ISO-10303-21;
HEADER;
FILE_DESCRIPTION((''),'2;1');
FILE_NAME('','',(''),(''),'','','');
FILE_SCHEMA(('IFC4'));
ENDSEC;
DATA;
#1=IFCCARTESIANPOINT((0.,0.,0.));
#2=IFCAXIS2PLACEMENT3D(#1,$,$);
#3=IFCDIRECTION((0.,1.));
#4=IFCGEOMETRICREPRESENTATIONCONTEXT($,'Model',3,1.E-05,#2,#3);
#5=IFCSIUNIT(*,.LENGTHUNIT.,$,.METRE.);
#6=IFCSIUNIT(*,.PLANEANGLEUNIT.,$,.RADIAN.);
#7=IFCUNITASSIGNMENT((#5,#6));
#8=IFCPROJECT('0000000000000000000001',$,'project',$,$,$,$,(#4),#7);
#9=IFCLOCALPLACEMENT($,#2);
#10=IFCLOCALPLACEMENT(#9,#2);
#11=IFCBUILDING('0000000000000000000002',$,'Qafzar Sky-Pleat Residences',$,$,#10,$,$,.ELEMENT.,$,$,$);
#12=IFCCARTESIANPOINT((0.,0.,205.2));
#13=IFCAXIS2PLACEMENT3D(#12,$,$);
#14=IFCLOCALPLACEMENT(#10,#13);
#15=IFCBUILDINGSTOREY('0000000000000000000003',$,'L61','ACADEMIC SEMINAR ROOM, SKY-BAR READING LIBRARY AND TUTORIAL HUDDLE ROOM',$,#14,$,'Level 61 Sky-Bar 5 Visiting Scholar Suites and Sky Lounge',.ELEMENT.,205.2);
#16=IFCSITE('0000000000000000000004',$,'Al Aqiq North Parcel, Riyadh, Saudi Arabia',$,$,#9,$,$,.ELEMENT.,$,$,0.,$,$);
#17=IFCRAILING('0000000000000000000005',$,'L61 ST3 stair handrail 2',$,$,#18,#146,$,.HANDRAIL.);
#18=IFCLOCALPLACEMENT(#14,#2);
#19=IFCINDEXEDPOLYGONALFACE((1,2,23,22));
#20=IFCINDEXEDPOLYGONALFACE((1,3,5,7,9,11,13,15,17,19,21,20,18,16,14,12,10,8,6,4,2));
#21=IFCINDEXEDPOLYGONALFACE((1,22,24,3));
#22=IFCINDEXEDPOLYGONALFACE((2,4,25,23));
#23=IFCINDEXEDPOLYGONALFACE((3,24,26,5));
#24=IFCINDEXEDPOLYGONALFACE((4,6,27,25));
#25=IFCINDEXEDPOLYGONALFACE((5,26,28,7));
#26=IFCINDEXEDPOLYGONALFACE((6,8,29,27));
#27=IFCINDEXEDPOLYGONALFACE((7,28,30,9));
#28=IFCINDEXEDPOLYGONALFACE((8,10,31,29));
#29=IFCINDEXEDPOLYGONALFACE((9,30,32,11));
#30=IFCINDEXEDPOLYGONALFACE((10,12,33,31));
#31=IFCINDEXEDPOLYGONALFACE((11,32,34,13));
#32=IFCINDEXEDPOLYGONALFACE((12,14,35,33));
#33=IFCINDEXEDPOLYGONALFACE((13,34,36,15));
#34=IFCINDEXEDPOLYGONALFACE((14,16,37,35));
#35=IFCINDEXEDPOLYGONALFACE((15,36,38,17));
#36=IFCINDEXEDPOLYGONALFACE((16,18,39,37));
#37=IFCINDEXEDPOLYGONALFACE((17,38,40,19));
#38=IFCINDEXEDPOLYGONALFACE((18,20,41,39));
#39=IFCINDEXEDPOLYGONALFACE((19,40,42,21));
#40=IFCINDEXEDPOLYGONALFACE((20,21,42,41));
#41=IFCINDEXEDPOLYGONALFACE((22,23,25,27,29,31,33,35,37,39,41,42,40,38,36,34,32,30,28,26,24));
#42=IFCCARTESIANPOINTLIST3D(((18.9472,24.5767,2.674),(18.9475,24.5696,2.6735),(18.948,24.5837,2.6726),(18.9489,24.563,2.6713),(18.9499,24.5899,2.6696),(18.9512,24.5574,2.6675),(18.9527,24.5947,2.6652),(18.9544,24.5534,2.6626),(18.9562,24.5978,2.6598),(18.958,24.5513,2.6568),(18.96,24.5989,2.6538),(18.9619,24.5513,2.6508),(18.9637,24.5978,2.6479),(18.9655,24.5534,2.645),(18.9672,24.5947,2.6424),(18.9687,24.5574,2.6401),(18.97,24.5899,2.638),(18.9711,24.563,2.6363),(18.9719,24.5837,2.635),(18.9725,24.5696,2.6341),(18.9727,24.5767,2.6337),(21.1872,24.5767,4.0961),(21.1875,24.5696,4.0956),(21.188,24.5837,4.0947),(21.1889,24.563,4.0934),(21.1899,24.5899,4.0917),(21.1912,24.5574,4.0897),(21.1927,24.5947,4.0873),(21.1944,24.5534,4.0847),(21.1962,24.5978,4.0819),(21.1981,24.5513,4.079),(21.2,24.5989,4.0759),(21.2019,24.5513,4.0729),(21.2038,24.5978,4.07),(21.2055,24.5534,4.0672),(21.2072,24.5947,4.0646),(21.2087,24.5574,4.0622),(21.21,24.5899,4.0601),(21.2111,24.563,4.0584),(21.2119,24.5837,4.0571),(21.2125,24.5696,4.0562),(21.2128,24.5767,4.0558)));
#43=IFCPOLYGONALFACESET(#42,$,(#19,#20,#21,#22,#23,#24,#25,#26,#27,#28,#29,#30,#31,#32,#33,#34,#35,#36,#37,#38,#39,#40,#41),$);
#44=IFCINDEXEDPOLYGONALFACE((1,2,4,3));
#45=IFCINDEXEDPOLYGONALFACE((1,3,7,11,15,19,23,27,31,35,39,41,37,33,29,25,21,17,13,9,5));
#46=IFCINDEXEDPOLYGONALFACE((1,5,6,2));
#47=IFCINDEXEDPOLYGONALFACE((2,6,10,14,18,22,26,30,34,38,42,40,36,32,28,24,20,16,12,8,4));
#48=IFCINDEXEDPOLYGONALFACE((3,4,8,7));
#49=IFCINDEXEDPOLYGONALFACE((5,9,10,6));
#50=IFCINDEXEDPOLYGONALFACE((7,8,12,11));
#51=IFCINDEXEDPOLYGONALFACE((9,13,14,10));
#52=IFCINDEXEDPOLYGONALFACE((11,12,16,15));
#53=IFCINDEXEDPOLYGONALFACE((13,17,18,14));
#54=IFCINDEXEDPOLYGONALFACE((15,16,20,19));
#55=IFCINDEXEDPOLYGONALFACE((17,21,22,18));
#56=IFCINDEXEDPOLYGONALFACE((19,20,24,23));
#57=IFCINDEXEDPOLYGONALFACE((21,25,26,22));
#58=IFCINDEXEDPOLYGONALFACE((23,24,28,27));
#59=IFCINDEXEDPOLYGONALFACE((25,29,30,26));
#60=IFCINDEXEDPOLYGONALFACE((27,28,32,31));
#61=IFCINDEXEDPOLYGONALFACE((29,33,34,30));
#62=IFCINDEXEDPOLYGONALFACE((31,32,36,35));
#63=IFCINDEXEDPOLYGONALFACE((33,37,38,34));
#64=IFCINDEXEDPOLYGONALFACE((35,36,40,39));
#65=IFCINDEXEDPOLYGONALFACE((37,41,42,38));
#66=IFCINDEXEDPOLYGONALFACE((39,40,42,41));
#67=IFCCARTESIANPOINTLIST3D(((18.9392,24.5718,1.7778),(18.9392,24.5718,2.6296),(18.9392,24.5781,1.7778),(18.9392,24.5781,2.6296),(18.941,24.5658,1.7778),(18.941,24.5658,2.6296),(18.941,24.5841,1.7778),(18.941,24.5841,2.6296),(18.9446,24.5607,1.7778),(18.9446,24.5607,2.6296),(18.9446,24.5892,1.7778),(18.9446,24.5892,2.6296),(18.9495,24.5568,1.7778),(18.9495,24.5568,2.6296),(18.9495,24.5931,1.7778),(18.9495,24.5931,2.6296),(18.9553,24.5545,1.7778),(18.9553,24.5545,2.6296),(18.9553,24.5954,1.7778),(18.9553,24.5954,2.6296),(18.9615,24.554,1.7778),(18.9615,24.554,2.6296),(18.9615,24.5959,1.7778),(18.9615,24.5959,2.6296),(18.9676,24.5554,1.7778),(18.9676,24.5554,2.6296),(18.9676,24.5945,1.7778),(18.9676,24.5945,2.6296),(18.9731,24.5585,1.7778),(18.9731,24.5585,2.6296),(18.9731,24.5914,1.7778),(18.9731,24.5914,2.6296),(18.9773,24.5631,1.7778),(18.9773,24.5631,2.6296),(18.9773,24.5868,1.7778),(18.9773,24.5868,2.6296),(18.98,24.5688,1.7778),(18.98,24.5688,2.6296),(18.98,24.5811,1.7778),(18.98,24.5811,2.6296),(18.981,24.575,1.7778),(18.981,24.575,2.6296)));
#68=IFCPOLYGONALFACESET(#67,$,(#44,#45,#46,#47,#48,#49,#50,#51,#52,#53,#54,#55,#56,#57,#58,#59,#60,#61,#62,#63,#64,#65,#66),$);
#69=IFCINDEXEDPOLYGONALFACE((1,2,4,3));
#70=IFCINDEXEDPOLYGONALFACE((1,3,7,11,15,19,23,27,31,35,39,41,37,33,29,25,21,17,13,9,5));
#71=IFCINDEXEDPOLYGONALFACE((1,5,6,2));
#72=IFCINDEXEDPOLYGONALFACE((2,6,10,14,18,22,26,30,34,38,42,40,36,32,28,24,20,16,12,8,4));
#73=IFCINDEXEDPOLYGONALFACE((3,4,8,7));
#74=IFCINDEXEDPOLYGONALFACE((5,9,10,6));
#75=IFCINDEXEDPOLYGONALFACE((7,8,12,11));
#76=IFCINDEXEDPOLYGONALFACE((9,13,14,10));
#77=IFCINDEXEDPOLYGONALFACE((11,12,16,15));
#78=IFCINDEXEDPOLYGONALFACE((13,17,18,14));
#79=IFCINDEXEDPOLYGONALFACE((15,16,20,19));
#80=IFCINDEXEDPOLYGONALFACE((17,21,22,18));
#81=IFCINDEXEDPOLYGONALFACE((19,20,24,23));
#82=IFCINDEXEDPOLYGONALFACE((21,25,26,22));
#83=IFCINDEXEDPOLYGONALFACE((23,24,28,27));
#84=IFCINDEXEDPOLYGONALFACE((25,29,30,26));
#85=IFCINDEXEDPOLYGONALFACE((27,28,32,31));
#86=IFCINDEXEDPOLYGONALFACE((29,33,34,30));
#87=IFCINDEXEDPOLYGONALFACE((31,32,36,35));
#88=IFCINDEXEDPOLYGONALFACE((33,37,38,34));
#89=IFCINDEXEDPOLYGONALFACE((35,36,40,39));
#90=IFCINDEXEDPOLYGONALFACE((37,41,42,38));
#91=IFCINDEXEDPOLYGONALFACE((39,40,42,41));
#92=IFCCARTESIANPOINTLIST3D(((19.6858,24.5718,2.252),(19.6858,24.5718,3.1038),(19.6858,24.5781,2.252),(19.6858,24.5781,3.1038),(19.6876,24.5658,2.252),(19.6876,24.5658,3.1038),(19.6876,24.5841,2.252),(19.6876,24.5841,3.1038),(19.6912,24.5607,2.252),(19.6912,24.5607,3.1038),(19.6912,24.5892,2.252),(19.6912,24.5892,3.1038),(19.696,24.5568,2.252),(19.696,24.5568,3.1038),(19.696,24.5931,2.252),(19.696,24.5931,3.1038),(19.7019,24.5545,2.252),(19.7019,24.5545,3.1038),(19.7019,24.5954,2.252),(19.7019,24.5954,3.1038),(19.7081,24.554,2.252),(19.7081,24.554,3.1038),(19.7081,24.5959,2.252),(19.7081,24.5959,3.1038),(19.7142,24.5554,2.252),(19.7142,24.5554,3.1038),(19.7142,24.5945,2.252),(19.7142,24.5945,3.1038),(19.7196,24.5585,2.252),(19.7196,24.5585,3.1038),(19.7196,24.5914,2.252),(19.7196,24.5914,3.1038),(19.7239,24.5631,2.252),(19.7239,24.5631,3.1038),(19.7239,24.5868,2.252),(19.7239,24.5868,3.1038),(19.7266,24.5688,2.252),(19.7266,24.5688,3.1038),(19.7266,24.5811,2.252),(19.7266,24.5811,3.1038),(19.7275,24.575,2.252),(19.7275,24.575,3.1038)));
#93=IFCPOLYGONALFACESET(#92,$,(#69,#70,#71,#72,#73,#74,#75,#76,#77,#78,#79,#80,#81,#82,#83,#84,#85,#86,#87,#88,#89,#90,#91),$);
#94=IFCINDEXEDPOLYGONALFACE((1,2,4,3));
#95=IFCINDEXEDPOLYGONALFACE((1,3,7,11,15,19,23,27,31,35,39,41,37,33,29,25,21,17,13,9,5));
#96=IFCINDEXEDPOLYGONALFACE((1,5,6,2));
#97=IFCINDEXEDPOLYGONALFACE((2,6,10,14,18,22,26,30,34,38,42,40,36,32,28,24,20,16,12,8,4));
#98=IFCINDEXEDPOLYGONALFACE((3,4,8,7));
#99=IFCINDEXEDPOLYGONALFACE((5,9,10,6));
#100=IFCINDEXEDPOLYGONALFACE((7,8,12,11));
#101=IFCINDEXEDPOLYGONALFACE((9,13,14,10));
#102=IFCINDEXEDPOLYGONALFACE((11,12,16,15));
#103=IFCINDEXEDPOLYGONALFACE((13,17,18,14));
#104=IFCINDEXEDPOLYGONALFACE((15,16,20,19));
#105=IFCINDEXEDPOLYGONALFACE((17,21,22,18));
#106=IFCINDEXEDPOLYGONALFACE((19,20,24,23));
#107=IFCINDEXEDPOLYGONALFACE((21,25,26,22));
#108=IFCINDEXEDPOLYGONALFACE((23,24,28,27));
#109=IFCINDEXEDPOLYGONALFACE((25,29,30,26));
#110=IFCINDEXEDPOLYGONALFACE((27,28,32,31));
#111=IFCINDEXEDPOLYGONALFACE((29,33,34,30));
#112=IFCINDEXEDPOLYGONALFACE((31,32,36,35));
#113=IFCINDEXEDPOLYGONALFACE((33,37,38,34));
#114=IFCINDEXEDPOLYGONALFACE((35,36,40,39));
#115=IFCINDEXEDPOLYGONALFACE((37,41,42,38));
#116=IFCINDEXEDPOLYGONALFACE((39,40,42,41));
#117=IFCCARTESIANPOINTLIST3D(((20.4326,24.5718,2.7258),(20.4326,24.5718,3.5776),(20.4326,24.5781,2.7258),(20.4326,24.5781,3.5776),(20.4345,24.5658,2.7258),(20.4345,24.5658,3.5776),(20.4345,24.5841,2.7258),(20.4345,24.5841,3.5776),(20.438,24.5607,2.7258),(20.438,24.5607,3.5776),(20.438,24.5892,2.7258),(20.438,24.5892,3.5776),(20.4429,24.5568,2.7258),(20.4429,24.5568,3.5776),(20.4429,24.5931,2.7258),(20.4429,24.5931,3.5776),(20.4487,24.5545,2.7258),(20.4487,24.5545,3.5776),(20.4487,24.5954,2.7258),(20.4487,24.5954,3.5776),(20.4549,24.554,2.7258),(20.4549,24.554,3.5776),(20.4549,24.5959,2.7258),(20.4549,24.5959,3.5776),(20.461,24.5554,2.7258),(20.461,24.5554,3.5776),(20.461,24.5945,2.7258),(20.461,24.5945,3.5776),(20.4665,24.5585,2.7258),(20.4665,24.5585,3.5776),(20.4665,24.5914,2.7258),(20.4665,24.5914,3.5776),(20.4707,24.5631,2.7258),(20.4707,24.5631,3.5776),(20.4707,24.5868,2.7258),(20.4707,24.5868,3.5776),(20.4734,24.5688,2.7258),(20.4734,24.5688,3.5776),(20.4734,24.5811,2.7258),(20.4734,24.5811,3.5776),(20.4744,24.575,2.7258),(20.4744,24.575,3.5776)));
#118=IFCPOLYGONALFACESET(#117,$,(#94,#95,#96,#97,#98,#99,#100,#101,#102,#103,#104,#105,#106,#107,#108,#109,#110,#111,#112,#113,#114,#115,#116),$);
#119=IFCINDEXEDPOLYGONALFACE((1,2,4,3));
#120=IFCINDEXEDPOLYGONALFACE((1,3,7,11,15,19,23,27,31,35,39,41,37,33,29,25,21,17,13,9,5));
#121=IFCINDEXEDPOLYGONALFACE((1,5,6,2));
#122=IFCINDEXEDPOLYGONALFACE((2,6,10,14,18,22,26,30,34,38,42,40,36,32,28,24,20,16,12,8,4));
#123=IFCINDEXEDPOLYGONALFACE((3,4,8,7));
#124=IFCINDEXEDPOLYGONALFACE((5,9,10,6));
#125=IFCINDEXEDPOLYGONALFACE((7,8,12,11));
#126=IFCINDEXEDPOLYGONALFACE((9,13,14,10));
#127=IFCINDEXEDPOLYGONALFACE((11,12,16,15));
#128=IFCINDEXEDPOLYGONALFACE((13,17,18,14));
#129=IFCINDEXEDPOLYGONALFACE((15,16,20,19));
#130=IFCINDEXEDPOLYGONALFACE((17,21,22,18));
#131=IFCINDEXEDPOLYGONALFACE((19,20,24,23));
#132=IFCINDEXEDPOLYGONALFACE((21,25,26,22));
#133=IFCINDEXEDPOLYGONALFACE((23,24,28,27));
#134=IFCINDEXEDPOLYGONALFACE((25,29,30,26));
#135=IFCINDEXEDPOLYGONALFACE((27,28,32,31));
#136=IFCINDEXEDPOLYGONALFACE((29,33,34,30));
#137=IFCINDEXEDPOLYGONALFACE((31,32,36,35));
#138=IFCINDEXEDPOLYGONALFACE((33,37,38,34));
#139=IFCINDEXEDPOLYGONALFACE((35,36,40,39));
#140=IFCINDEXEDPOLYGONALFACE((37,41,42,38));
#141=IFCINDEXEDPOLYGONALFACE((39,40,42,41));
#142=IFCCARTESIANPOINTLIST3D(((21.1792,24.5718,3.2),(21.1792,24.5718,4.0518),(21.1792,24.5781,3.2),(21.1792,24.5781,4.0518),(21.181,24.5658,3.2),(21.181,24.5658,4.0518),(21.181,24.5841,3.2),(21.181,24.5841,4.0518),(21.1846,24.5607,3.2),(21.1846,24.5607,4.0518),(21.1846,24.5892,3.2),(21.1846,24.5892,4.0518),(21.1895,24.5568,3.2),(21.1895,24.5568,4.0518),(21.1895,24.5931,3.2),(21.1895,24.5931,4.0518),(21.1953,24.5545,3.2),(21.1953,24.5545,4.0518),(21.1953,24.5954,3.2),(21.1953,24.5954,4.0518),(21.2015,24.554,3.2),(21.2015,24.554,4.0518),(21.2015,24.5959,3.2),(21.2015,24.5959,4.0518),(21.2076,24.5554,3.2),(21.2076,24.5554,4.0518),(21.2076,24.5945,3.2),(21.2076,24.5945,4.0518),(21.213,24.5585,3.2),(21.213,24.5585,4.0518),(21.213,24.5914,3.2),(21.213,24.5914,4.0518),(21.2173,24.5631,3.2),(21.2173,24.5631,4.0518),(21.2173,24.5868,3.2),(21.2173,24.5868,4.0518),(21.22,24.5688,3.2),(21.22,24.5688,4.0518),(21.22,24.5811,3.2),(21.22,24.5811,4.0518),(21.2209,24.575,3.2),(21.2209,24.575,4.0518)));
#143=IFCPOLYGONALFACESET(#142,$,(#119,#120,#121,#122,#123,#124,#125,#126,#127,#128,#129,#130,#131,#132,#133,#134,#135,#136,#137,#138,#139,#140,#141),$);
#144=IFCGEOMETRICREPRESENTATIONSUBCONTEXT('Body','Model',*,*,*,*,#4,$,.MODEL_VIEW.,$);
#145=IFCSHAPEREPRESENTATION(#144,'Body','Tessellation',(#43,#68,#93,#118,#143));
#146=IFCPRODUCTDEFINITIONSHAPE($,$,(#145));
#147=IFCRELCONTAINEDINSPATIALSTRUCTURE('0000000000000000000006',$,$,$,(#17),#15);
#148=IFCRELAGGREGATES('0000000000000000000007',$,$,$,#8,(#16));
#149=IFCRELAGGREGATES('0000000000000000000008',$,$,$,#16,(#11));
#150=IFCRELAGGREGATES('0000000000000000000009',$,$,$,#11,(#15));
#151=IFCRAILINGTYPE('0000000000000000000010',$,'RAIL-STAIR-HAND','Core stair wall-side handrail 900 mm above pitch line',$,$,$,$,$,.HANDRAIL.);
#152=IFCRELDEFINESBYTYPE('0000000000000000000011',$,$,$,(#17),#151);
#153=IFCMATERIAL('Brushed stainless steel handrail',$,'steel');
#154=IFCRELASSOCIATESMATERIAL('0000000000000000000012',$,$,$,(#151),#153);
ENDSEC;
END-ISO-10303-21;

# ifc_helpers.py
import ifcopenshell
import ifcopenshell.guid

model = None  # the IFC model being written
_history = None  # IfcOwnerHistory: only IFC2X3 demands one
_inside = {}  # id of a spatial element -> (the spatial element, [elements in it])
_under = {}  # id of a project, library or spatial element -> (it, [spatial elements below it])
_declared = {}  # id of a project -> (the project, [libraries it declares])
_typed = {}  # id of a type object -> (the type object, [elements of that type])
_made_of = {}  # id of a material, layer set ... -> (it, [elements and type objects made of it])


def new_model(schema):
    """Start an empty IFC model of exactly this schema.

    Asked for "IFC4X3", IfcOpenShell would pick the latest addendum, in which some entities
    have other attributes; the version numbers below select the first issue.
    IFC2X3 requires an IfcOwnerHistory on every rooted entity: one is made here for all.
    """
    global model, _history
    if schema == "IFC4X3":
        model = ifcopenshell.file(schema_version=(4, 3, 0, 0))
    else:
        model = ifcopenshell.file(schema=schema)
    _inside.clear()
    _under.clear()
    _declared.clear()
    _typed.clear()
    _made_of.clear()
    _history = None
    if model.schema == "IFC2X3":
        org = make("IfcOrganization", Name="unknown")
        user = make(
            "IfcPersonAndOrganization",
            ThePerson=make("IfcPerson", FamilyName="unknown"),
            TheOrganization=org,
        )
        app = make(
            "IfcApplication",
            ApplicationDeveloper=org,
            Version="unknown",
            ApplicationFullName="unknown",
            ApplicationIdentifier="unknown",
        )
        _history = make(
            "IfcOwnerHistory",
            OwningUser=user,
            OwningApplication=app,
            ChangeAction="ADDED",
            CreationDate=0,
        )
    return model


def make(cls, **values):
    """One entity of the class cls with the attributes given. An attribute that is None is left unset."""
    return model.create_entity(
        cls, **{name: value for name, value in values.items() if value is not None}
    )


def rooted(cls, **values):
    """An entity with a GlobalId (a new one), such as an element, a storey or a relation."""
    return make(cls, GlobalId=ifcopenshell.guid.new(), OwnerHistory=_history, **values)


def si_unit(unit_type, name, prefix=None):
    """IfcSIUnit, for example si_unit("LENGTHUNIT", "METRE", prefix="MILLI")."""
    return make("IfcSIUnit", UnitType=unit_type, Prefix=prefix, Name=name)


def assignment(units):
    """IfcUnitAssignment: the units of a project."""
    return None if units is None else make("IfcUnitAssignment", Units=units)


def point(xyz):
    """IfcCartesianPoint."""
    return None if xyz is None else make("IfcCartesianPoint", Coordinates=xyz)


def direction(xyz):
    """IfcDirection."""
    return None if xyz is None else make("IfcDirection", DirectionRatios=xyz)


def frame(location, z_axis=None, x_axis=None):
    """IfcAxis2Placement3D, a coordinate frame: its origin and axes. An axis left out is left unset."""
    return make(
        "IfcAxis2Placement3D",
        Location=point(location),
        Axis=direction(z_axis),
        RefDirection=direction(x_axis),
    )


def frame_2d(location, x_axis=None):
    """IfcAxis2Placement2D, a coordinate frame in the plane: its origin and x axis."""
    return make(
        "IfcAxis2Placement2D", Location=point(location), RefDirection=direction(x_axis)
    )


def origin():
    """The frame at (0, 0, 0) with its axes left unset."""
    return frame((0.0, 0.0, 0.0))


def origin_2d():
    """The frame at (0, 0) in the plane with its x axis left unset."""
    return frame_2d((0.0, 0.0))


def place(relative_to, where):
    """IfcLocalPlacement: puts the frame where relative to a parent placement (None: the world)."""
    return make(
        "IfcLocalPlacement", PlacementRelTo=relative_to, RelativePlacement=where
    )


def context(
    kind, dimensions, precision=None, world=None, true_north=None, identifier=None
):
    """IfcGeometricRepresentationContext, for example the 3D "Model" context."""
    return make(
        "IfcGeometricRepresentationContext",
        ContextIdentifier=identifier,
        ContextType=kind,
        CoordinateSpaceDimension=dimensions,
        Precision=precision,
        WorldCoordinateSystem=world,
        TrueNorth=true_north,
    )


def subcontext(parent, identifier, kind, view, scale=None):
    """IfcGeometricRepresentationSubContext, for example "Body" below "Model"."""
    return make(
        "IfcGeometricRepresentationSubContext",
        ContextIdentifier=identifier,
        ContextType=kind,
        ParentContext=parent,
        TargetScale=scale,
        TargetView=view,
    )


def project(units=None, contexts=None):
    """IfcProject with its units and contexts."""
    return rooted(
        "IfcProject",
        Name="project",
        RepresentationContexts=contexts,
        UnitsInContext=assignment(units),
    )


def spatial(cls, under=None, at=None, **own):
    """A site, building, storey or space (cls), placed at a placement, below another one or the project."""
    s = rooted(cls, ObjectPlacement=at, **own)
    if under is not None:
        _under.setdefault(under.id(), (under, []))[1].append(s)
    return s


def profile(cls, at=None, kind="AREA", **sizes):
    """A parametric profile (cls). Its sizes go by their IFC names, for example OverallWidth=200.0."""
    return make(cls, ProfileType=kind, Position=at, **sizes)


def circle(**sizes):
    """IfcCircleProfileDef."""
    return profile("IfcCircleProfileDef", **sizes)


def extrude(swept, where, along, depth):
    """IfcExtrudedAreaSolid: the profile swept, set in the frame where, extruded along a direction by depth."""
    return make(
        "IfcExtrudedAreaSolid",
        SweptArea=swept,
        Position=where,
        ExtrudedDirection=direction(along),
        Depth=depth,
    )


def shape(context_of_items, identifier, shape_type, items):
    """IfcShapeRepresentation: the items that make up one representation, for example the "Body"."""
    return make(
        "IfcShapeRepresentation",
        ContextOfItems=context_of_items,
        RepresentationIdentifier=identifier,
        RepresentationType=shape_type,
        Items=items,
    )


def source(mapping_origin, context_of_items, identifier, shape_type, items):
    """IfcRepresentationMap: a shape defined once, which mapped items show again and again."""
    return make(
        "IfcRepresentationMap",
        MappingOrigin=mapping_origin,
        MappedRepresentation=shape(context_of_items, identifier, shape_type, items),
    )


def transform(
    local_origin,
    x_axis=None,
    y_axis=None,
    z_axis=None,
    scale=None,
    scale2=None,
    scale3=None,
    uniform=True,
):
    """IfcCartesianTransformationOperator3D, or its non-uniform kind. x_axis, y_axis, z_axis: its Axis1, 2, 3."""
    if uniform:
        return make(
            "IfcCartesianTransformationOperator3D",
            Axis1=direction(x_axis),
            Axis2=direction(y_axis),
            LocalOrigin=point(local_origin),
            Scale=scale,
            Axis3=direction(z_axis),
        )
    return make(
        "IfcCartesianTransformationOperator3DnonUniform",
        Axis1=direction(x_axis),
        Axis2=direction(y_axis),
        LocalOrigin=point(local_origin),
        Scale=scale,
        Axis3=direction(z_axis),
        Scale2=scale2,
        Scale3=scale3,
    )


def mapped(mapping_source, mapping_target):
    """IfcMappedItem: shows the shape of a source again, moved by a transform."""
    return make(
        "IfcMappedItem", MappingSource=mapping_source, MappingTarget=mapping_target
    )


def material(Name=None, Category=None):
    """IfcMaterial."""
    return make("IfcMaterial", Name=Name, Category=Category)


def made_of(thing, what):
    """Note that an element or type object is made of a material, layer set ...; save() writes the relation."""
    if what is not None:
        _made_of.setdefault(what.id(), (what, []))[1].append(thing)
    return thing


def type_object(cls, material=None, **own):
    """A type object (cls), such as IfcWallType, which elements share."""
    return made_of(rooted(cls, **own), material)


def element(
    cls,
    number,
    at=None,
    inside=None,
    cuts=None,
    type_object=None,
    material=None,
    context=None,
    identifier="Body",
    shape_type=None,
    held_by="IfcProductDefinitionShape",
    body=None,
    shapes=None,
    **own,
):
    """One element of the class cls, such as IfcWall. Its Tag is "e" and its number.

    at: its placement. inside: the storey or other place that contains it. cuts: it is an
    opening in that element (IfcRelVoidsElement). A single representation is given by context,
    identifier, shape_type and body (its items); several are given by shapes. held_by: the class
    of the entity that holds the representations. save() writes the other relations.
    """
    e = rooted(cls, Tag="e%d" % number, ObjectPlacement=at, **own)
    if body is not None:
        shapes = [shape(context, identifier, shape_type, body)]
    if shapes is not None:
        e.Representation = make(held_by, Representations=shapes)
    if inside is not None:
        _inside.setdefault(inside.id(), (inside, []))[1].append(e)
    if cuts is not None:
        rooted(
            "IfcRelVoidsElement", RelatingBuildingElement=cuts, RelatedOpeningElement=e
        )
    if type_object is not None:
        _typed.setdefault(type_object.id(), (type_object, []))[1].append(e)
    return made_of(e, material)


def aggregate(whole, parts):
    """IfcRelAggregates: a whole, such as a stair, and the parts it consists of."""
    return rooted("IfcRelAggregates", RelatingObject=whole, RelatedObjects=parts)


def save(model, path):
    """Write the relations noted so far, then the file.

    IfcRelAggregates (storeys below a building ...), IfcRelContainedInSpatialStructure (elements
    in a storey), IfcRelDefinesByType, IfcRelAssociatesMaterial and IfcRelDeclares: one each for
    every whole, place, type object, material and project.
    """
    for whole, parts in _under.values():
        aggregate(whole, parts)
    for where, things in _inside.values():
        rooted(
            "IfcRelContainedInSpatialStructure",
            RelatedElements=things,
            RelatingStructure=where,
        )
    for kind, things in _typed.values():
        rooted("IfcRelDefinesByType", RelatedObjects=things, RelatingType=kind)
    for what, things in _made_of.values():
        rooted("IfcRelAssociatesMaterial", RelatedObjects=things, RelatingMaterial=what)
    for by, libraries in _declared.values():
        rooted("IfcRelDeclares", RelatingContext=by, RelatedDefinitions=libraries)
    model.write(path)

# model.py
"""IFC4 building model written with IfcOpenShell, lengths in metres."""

from ifc_helpers import new_model, si_unit, direction, frame, origin, origin_2d, place, context, subcontext, project, spatial, circle, extrude, source, transform, mapped, material, type_object, element, save


model = new_model("IFC4")

# Units and contexts
model_context = context("Model", 3, precision=1e-05, world=origin(), true_north=direction((0.0, 1.0)))
body_context = subcontext(model_context, "Body", "Model", "MODEL_VIEW")
ifc_project = project(units=[si_unit("LENGTHUNIT", "METRE"), si_unit("PLANEANGLEUNIT", "RADIAN")], contexts=[model_context])

# Site, building, storey
site_placement = place(None, origin())
site = spatial("IfcSite", under=ifc_project, at=site_placement, Name="Al Aqiq North Parcel, Riyadh, Saudi Arabia", CompositionType="ELEMENT", RefElevation=0.0)
building_placement = place(site_placement, origin())
building = spatial("IfcBuilding", under=site, at=building_placement, Name="Qafzar Sky-Pleat Residences", CompositionType="ELEMENT")
storey_placement = place(building_placement, frame((0.0, 0.0, 205.2)))
storey = spatial("IfcBuildingStorey", under=building, at=storey_placement, Name="L61", Description="ACADEMIC SEMINAR ROOM, SKY-BAR READING LIBRARY AND TUTORIAL HUDDLE ROOM", LongName="Level 61 Sky-Bar 5 Visiting Scholar Suites and Sky Lounge", CompositionType="ELEMENT", Elevation=205.2)

# Railing
ifc_material_1 = material(Name="Brushed stainless steel handrail", Category="steel")
railing_type_1 = type_object("IfcRailingType", Name="RAIL-STAIR-HAND", Description="Core stair wall-side handrail 900 mm above pitch line", PredefinedType="HANDRAIL", material=ifc_material_1)
shared_shape_1 = source(origin(), body_context, "Body", "SweptSolid", [
    extrude(circle(Radius=0.0239, at=origin_2d()), frame((0.0, 0.0, 0.876), z_axis=(0.844229, 0.0, 0.535982), x_axis=(0.0, 1.0, 0.0)), (0.0, 0.0, 1.0), 2.6533),
    extrude(circle(Radius=0.021, at=origin_2d()), origin(), (0.0, 0.0, 1.0), 0.8518),
    extrude(circle(Radius=0.021, at=origin_2d()), frame((0.7466, 0.0, 0.4741)), (0.0, 0.0, 1.0), 0.8518),
    extrude(circle(Radius=0.021, at=origin_2d()), frame((1.4934, 0.0, 0.948)), (0.0, 0.0, 1.0), 0.8518),
    extrude(circle(Radius=0.021, at=origin_2d()), frame((2.24, 0.0, 1.4221)), (0.0, 0.0, 1.0), 0.8518),
])
railing_1_placement = place(storey_placement, frame((18.96, 24.575, 1.7778)))
element("IfcRailing", 1, at=railing_1_placement, inside=storey, type_object=railing_type_1, Name="L61 ST3 stair handrail 2", PredefinedType="HANDRAIL", context=body_context, shape_type="MappedRepresentation", body=[
    mapped(shared_shape_1, transform((0.0, 0.0, 0.0), x_axis=(1.0, 0.0, 0.0), y_axis=(0.0, 1.0, 0.0), z_axis=(0.0, 0.0, 1.0), scale=1.0)),
])

save(model, "model.ifc")
